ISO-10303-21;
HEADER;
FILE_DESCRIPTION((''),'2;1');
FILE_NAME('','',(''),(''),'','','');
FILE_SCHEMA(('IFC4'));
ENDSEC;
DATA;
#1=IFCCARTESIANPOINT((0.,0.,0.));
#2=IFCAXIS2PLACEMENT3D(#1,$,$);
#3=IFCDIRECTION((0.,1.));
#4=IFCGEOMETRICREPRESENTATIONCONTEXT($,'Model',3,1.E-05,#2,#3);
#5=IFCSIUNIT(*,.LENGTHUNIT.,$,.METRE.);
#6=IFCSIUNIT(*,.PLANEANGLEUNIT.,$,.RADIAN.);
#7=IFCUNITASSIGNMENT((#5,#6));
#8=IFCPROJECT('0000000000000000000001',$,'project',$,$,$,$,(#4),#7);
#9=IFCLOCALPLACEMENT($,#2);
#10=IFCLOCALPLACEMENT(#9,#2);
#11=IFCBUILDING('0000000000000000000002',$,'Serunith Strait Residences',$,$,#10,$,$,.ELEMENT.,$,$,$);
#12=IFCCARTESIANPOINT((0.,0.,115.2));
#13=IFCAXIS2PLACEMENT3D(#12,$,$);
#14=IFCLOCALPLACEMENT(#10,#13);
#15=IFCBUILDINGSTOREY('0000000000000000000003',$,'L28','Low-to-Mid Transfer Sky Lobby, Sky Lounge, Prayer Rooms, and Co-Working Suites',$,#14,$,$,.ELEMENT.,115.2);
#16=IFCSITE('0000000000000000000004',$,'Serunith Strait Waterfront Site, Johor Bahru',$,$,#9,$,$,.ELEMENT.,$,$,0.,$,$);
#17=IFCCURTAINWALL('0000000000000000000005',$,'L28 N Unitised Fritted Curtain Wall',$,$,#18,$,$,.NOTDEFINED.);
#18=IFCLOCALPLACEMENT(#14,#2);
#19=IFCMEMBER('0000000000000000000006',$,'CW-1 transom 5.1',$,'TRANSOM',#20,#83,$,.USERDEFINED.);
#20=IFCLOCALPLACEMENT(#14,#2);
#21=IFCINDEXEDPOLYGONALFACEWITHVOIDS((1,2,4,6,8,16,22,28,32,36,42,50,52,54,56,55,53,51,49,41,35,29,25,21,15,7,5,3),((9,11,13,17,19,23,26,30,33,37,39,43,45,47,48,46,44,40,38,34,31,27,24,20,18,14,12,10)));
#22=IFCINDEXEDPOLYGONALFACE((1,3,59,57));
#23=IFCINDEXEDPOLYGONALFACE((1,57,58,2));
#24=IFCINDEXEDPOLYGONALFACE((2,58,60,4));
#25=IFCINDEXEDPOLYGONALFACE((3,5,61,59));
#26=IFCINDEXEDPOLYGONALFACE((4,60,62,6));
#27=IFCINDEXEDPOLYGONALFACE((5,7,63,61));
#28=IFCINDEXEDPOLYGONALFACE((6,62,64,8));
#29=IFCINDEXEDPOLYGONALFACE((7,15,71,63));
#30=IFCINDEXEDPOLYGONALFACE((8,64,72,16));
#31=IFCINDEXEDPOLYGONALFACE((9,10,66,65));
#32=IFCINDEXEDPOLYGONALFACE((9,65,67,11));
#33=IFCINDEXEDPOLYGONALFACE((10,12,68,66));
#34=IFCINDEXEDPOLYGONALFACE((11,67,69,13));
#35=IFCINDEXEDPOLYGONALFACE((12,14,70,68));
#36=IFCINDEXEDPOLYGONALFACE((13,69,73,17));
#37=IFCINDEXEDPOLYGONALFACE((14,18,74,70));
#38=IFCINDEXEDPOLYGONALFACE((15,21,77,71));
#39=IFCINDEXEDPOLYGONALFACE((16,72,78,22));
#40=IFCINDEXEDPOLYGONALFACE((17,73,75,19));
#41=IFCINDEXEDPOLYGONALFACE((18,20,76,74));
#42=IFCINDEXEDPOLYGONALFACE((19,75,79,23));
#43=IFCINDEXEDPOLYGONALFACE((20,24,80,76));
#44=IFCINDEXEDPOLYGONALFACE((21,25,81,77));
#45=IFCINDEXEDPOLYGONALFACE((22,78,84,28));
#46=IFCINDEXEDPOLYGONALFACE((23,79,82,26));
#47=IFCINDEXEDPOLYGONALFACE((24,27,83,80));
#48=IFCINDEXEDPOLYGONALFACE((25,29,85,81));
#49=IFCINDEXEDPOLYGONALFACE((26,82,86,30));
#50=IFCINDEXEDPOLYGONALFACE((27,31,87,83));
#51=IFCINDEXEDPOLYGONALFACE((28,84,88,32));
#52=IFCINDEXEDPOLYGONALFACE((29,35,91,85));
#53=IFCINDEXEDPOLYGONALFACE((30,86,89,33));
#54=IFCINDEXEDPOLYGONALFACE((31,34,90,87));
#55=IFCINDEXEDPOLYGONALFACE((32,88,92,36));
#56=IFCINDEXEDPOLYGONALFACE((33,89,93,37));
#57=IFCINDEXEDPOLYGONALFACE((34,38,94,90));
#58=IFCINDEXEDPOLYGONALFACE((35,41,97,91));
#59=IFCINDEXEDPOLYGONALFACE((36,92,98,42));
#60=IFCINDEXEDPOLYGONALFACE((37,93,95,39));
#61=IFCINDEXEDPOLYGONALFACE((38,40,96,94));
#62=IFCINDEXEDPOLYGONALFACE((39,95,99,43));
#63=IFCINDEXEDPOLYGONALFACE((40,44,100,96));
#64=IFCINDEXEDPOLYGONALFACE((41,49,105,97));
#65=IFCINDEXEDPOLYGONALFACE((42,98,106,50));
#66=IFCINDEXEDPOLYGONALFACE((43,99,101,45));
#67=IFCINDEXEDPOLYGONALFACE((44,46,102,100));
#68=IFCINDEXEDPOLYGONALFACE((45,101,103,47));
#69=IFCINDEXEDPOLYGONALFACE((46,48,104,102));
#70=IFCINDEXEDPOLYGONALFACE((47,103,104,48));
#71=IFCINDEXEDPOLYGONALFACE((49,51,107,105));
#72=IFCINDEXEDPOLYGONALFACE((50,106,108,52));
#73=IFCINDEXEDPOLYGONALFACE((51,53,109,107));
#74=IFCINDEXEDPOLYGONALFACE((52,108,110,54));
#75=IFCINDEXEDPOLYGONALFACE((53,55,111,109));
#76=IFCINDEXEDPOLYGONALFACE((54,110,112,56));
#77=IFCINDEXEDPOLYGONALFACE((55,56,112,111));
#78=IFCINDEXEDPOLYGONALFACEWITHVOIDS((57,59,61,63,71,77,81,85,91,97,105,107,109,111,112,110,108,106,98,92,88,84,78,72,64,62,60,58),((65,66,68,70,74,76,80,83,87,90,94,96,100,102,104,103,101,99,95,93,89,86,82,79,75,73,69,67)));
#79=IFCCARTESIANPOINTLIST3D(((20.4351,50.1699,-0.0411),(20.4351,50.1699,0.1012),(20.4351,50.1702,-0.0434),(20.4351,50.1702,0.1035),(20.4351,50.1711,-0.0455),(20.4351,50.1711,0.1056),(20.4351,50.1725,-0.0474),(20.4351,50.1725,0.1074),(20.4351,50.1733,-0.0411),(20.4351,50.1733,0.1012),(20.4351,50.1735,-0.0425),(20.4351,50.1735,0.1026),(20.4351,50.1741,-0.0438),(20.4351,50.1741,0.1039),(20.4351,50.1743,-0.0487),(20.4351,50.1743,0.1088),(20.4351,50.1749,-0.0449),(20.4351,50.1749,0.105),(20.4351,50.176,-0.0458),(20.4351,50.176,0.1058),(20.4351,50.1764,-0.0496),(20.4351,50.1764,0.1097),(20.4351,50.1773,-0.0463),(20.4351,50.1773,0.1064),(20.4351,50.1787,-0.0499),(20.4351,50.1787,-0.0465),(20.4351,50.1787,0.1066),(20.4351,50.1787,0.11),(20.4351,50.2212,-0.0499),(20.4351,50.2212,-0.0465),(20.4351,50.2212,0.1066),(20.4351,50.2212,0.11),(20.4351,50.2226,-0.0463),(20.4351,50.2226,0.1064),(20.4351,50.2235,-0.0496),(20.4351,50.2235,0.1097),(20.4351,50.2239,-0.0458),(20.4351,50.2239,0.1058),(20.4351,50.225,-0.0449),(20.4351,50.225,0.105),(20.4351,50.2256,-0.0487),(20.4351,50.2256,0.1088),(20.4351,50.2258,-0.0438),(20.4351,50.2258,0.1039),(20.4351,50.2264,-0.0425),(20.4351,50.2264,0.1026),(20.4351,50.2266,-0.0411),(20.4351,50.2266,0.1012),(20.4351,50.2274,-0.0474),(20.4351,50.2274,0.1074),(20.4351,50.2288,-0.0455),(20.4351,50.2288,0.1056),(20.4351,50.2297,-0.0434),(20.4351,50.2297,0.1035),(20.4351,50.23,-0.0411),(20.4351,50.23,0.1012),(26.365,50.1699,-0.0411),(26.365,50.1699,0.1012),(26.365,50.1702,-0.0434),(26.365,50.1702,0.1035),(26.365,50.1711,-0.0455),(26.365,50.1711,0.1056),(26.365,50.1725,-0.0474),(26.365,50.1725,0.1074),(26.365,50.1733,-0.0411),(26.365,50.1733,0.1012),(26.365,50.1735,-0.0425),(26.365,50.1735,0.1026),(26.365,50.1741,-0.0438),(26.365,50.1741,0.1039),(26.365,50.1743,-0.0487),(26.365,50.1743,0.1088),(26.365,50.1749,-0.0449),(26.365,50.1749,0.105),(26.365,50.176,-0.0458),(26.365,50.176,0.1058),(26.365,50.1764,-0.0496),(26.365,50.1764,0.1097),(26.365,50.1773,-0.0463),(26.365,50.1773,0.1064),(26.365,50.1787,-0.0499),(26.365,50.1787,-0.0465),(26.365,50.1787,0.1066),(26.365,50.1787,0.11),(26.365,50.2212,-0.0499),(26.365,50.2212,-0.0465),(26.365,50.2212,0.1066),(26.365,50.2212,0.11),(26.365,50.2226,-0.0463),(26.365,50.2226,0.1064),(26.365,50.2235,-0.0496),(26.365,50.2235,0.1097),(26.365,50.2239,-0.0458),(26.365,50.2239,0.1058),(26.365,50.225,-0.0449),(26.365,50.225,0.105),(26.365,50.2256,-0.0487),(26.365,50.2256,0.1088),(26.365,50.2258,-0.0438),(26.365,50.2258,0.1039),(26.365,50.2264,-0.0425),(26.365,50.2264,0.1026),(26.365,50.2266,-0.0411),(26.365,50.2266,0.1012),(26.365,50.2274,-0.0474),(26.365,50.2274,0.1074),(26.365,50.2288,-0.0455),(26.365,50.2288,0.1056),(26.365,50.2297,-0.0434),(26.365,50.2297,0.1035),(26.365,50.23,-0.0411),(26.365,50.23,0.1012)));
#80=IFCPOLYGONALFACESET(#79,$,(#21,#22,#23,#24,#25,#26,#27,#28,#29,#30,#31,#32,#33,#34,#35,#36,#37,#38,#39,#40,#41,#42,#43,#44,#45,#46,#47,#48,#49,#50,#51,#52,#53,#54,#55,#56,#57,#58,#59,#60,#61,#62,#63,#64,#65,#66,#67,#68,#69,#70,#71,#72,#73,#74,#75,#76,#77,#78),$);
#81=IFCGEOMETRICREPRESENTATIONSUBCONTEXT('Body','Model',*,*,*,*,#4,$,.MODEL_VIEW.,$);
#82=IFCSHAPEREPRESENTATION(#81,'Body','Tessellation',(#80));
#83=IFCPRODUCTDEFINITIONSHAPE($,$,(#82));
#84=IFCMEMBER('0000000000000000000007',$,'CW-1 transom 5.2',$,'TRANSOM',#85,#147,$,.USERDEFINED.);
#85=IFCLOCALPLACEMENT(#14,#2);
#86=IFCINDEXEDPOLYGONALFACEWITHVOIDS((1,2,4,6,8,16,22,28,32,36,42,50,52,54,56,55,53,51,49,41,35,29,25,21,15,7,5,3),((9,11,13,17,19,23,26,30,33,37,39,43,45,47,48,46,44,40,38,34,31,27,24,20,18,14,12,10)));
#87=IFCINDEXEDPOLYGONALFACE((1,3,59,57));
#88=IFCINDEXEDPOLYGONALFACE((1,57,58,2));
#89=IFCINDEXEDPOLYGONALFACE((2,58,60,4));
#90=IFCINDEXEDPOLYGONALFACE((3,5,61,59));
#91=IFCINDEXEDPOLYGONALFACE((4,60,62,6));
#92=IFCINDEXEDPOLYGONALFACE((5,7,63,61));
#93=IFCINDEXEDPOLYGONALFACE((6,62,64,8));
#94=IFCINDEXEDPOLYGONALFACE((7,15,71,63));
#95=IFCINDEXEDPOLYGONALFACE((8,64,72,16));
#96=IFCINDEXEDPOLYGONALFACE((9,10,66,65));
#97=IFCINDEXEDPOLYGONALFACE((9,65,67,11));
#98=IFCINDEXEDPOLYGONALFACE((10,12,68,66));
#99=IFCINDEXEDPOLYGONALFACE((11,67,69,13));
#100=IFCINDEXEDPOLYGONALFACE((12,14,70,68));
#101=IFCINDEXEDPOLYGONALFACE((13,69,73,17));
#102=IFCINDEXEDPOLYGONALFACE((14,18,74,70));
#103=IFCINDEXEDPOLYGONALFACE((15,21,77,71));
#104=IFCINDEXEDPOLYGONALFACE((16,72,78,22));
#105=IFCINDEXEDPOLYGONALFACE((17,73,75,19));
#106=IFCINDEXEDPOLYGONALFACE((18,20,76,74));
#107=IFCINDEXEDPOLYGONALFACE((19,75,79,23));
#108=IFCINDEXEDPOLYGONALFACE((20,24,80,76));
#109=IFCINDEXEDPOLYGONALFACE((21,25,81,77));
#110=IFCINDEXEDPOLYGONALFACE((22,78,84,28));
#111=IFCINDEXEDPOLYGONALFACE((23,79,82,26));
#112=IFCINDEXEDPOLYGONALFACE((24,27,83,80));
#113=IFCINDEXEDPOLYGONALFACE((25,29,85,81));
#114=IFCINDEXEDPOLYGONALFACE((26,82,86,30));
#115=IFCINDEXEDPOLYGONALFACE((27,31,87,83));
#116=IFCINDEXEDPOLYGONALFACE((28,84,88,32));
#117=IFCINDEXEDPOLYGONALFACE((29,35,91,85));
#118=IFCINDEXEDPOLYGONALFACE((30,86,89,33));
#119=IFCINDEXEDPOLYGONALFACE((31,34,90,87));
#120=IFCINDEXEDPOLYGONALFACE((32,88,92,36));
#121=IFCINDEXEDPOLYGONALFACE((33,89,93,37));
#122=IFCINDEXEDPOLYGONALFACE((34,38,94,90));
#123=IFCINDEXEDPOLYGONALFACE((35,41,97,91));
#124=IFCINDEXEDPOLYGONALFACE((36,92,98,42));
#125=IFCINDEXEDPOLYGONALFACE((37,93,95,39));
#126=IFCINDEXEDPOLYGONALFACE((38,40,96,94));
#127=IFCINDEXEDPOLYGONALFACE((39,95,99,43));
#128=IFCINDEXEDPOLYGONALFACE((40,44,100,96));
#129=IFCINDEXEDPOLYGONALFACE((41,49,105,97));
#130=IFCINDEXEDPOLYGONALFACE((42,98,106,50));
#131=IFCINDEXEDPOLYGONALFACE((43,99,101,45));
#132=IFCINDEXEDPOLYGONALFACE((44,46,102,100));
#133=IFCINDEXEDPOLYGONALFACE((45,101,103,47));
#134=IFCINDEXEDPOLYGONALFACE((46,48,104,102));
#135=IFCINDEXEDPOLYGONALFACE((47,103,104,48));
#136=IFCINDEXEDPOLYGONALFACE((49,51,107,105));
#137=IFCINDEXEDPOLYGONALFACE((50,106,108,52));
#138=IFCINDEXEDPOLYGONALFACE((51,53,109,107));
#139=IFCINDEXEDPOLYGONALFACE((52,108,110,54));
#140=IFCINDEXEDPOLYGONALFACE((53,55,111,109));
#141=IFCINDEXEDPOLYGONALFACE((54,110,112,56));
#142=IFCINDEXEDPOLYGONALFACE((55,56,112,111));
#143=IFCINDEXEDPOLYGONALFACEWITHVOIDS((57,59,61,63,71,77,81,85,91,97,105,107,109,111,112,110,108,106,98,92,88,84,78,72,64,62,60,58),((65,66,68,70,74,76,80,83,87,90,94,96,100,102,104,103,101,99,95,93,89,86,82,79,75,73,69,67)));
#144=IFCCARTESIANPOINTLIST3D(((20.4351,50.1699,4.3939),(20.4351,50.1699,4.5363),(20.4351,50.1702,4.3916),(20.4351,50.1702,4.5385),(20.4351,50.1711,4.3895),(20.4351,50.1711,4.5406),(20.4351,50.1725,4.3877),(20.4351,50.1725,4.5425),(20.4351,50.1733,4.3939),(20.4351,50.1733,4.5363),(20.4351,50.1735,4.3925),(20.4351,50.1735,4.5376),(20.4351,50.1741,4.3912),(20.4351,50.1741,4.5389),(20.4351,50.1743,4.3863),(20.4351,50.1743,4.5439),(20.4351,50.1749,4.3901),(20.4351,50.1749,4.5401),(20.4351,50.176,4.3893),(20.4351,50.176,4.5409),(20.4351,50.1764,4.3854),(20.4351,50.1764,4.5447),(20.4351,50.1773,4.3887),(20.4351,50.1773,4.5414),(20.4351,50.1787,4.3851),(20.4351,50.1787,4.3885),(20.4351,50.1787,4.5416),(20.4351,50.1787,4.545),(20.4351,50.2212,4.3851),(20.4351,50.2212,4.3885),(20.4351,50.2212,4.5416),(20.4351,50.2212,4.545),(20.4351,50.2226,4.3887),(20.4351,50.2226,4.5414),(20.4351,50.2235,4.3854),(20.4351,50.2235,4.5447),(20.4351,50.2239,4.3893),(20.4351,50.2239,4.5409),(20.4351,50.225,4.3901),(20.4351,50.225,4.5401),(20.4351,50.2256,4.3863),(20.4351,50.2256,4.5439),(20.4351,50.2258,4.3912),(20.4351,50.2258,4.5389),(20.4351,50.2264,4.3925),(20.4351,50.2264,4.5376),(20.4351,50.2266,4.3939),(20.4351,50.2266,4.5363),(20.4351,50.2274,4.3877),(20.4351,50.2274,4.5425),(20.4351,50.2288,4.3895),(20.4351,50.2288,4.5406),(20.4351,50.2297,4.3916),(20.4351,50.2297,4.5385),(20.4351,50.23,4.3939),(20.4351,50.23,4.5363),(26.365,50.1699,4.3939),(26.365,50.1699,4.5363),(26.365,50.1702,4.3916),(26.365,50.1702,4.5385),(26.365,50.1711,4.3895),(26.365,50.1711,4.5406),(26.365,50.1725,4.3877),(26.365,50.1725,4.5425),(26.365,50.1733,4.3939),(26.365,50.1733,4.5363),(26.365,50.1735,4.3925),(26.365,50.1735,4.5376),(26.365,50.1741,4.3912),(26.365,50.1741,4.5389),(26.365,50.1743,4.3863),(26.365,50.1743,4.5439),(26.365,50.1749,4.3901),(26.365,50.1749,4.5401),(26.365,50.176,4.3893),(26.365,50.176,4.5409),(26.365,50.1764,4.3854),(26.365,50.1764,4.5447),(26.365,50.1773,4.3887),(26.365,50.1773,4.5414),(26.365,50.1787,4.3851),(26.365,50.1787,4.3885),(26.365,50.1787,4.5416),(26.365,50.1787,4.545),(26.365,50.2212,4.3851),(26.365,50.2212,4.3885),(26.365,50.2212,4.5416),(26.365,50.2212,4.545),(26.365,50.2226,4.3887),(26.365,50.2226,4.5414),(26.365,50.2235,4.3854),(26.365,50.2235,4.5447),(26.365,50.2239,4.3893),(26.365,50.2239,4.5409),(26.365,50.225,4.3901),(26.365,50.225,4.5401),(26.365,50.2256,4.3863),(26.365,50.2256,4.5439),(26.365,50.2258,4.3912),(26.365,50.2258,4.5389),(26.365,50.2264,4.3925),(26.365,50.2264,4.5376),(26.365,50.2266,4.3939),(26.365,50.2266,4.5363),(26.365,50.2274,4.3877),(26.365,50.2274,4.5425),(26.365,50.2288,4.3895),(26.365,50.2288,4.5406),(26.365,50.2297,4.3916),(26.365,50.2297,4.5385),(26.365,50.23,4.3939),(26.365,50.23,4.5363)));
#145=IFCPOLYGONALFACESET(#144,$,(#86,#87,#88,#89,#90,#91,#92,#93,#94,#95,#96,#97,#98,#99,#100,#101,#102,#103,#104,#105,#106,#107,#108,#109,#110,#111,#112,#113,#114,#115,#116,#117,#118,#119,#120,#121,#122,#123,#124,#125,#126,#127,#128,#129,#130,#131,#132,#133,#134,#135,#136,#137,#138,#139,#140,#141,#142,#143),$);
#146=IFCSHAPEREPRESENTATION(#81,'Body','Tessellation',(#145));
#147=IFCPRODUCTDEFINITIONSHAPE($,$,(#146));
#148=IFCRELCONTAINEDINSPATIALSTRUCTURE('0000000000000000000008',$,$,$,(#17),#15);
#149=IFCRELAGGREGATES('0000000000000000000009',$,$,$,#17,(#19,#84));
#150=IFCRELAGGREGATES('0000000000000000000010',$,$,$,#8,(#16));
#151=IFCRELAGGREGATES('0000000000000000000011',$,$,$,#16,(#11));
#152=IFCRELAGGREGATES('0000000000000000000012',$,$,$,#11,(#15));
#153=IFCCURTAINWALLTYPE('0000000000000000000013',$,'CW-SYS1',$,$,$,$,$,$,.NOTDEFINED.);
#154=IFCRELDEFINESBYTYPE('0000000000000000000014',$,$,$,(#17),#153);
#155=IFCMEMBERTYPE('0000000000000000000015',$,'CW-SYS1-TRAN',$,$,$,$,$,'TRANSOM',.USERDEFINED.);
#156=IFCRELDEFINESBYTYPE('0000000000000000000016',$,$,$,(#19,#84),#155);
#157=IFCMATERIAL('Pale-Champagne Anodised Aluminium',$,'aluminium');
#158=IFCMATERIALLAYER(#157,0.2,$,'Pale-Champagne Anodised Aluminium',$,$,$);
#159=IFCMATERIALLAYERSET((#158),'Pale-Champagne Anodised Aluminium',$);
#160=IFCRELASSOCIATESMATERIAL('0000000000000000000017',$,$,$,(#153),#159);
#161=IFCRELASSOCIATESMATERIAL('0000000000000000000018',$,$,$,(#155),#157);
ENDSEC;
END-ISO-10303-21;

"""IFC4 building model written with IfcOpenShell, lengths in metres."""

from ifc_helpers import new_model, si_unit, direction, frame, origin, origin_2d, place, context, subcontext, project, spatial, hollow_rectangle, extrude, source, transform, mapped, material, layer, layer_set, material_profile, profile_set, type_object, element, aggregate, save


model = new_model("IFC4")

# Units and contexts
model_context = context("Model", 3, precision=1e-05, world=origin(), true_north=direction((0.0, 1.0)))
body_context = subcontext(model_context, "Body", "Model", "MODEL_VIEW")
ifc_project = project(units=[si_unit("LENGTHUNIT", "METRE"), si_unit("PLANEANGLEUNIT", "RADIAN")], contexts=[model_context])

# Site, building, storey
site_placement = place(None, origin())
site = spatial("IfcSite", under=ifc_project, at=site_placement, Name="Serunith Strait Waterfront Site, Johor Bahru", CompositionType="ELEMENT", RefElevation=0.0)
building_placement = place(site_placement, origin())
building = spatial("IfcBuilding", under=site, at=building_placement, Name="Serunith Strait Residences", CompositionType="ELEMENT")
storey_placement = place(building_placement, frame((0.0, 0.0, 115.2)))
storey = spatial("IfcBuildingStorey", under=building, at=storey_placement, Name="L28", Description="Low-to-Mid Transfer Sky Lobby, Sky Lounge, Prayer Rooms, and Co-Working Suites", CompositionType="ELEMENT", Elevation=115.2)

# Curtain wall, members
ifc_material_1 = material(Name="Pale-Champagne Anodised Aluminium", Category="aluminium")
ifc_layer_1 = layer(ifc_material_1, 0.2, Name="Pale-Champagne Anodised Aluminium")
ifc_layer_set_1 = layer_set([ifc_layer_1], Name="Pale-Champagne Anodised Aluminium")
curtain_wall_type = type_object("IfcCurtainWallType", Name="CW-SYS1", PredefinedType="NOTDEFINED", material=ifc_layer_set_1)
curtain_wall_placement = place(storey_placement, origin())
curtain_wall = element("IfcCurtainWall", 1, at=curtain_wall_placement, inside=storey, type_object=curtain_wall_type, Name="L28 N Unitised Fritted Curtain Wall", PredefinedType="NOTDEFINED")
ifc_material_profile_1 = material_profile(ifc_material_1, hollow_rectangle(XDim=0.0601, YDim=0.1599, WallThickness=0.0034, InnerFilletRadius=0.0054, OuterFilletRadius=0.0088, at=origin_2d()), Name="ALU 160x60x3.5")
ifc_profile_set_1 = profile_set([ifc_material_profile_1], Name="Pale-Champagne Anodised Aluminium")
member_type_1 = type_object("IfcMemberType", Name="CW-SYS1-TRAN", ElementType="TRANSOM", PredefinedType="USERDEFINED", material=ifc_profile_set_1)
shared_shape_1 = source(origin(), body_context, "Body", "SweptSolid", [
    extrude(hollow_rectangle(XDim=0.0601, YDim=0.1599, WallThickness=0.0034, InnerFilletRadius=0.0054, OuterFilletRadius=0.0088, at=origin_2d()), origin(), (0.0, 0.0, 1.0), 5.9299),
])
member_1_placement = place(storey_placement, frame((26.365, 50.2, 0.03), z_axis=(-1.0, 0.0, 0.0), x_axis=(0.0, -1.0, 0.0)))
member_1 = element("IfcMember", 2, at=member_1_placement, type_object=member_type_1, Name="CW-1 transom 5.1", ObjectType="TRANSOM", PredefinedType="USERDEFINED", context=body_context, shape_type="MappedRepresentation", body=[
    mapped(shared_shape_1, transform((0.0, 0.0, 0.0), scale=1.0)),
])
member_2_placement = place(storey_placement, frame((26.365, 50.2, 4.4651), z_axis=(-1.0, 0.0, 0.0), x_axis=(0.0, -1.0, 0.0)))
member_2 = element("IfcMember", 3, at=member_2_placement, type_object=member_type_1, Name="CW-1 transom 5.2", ObjectType="TRANSOM", PredefinedType="USERDEFINED", context=body_context, shape_type="MappedRepresentation", body=[
    mapped(shared_shape_1, transform((0.0, 0.0, 0.0), scale=1.0)),
])
aggregate(curtain_wall, [member_1, member_2])

save(model, "model.ifc")
